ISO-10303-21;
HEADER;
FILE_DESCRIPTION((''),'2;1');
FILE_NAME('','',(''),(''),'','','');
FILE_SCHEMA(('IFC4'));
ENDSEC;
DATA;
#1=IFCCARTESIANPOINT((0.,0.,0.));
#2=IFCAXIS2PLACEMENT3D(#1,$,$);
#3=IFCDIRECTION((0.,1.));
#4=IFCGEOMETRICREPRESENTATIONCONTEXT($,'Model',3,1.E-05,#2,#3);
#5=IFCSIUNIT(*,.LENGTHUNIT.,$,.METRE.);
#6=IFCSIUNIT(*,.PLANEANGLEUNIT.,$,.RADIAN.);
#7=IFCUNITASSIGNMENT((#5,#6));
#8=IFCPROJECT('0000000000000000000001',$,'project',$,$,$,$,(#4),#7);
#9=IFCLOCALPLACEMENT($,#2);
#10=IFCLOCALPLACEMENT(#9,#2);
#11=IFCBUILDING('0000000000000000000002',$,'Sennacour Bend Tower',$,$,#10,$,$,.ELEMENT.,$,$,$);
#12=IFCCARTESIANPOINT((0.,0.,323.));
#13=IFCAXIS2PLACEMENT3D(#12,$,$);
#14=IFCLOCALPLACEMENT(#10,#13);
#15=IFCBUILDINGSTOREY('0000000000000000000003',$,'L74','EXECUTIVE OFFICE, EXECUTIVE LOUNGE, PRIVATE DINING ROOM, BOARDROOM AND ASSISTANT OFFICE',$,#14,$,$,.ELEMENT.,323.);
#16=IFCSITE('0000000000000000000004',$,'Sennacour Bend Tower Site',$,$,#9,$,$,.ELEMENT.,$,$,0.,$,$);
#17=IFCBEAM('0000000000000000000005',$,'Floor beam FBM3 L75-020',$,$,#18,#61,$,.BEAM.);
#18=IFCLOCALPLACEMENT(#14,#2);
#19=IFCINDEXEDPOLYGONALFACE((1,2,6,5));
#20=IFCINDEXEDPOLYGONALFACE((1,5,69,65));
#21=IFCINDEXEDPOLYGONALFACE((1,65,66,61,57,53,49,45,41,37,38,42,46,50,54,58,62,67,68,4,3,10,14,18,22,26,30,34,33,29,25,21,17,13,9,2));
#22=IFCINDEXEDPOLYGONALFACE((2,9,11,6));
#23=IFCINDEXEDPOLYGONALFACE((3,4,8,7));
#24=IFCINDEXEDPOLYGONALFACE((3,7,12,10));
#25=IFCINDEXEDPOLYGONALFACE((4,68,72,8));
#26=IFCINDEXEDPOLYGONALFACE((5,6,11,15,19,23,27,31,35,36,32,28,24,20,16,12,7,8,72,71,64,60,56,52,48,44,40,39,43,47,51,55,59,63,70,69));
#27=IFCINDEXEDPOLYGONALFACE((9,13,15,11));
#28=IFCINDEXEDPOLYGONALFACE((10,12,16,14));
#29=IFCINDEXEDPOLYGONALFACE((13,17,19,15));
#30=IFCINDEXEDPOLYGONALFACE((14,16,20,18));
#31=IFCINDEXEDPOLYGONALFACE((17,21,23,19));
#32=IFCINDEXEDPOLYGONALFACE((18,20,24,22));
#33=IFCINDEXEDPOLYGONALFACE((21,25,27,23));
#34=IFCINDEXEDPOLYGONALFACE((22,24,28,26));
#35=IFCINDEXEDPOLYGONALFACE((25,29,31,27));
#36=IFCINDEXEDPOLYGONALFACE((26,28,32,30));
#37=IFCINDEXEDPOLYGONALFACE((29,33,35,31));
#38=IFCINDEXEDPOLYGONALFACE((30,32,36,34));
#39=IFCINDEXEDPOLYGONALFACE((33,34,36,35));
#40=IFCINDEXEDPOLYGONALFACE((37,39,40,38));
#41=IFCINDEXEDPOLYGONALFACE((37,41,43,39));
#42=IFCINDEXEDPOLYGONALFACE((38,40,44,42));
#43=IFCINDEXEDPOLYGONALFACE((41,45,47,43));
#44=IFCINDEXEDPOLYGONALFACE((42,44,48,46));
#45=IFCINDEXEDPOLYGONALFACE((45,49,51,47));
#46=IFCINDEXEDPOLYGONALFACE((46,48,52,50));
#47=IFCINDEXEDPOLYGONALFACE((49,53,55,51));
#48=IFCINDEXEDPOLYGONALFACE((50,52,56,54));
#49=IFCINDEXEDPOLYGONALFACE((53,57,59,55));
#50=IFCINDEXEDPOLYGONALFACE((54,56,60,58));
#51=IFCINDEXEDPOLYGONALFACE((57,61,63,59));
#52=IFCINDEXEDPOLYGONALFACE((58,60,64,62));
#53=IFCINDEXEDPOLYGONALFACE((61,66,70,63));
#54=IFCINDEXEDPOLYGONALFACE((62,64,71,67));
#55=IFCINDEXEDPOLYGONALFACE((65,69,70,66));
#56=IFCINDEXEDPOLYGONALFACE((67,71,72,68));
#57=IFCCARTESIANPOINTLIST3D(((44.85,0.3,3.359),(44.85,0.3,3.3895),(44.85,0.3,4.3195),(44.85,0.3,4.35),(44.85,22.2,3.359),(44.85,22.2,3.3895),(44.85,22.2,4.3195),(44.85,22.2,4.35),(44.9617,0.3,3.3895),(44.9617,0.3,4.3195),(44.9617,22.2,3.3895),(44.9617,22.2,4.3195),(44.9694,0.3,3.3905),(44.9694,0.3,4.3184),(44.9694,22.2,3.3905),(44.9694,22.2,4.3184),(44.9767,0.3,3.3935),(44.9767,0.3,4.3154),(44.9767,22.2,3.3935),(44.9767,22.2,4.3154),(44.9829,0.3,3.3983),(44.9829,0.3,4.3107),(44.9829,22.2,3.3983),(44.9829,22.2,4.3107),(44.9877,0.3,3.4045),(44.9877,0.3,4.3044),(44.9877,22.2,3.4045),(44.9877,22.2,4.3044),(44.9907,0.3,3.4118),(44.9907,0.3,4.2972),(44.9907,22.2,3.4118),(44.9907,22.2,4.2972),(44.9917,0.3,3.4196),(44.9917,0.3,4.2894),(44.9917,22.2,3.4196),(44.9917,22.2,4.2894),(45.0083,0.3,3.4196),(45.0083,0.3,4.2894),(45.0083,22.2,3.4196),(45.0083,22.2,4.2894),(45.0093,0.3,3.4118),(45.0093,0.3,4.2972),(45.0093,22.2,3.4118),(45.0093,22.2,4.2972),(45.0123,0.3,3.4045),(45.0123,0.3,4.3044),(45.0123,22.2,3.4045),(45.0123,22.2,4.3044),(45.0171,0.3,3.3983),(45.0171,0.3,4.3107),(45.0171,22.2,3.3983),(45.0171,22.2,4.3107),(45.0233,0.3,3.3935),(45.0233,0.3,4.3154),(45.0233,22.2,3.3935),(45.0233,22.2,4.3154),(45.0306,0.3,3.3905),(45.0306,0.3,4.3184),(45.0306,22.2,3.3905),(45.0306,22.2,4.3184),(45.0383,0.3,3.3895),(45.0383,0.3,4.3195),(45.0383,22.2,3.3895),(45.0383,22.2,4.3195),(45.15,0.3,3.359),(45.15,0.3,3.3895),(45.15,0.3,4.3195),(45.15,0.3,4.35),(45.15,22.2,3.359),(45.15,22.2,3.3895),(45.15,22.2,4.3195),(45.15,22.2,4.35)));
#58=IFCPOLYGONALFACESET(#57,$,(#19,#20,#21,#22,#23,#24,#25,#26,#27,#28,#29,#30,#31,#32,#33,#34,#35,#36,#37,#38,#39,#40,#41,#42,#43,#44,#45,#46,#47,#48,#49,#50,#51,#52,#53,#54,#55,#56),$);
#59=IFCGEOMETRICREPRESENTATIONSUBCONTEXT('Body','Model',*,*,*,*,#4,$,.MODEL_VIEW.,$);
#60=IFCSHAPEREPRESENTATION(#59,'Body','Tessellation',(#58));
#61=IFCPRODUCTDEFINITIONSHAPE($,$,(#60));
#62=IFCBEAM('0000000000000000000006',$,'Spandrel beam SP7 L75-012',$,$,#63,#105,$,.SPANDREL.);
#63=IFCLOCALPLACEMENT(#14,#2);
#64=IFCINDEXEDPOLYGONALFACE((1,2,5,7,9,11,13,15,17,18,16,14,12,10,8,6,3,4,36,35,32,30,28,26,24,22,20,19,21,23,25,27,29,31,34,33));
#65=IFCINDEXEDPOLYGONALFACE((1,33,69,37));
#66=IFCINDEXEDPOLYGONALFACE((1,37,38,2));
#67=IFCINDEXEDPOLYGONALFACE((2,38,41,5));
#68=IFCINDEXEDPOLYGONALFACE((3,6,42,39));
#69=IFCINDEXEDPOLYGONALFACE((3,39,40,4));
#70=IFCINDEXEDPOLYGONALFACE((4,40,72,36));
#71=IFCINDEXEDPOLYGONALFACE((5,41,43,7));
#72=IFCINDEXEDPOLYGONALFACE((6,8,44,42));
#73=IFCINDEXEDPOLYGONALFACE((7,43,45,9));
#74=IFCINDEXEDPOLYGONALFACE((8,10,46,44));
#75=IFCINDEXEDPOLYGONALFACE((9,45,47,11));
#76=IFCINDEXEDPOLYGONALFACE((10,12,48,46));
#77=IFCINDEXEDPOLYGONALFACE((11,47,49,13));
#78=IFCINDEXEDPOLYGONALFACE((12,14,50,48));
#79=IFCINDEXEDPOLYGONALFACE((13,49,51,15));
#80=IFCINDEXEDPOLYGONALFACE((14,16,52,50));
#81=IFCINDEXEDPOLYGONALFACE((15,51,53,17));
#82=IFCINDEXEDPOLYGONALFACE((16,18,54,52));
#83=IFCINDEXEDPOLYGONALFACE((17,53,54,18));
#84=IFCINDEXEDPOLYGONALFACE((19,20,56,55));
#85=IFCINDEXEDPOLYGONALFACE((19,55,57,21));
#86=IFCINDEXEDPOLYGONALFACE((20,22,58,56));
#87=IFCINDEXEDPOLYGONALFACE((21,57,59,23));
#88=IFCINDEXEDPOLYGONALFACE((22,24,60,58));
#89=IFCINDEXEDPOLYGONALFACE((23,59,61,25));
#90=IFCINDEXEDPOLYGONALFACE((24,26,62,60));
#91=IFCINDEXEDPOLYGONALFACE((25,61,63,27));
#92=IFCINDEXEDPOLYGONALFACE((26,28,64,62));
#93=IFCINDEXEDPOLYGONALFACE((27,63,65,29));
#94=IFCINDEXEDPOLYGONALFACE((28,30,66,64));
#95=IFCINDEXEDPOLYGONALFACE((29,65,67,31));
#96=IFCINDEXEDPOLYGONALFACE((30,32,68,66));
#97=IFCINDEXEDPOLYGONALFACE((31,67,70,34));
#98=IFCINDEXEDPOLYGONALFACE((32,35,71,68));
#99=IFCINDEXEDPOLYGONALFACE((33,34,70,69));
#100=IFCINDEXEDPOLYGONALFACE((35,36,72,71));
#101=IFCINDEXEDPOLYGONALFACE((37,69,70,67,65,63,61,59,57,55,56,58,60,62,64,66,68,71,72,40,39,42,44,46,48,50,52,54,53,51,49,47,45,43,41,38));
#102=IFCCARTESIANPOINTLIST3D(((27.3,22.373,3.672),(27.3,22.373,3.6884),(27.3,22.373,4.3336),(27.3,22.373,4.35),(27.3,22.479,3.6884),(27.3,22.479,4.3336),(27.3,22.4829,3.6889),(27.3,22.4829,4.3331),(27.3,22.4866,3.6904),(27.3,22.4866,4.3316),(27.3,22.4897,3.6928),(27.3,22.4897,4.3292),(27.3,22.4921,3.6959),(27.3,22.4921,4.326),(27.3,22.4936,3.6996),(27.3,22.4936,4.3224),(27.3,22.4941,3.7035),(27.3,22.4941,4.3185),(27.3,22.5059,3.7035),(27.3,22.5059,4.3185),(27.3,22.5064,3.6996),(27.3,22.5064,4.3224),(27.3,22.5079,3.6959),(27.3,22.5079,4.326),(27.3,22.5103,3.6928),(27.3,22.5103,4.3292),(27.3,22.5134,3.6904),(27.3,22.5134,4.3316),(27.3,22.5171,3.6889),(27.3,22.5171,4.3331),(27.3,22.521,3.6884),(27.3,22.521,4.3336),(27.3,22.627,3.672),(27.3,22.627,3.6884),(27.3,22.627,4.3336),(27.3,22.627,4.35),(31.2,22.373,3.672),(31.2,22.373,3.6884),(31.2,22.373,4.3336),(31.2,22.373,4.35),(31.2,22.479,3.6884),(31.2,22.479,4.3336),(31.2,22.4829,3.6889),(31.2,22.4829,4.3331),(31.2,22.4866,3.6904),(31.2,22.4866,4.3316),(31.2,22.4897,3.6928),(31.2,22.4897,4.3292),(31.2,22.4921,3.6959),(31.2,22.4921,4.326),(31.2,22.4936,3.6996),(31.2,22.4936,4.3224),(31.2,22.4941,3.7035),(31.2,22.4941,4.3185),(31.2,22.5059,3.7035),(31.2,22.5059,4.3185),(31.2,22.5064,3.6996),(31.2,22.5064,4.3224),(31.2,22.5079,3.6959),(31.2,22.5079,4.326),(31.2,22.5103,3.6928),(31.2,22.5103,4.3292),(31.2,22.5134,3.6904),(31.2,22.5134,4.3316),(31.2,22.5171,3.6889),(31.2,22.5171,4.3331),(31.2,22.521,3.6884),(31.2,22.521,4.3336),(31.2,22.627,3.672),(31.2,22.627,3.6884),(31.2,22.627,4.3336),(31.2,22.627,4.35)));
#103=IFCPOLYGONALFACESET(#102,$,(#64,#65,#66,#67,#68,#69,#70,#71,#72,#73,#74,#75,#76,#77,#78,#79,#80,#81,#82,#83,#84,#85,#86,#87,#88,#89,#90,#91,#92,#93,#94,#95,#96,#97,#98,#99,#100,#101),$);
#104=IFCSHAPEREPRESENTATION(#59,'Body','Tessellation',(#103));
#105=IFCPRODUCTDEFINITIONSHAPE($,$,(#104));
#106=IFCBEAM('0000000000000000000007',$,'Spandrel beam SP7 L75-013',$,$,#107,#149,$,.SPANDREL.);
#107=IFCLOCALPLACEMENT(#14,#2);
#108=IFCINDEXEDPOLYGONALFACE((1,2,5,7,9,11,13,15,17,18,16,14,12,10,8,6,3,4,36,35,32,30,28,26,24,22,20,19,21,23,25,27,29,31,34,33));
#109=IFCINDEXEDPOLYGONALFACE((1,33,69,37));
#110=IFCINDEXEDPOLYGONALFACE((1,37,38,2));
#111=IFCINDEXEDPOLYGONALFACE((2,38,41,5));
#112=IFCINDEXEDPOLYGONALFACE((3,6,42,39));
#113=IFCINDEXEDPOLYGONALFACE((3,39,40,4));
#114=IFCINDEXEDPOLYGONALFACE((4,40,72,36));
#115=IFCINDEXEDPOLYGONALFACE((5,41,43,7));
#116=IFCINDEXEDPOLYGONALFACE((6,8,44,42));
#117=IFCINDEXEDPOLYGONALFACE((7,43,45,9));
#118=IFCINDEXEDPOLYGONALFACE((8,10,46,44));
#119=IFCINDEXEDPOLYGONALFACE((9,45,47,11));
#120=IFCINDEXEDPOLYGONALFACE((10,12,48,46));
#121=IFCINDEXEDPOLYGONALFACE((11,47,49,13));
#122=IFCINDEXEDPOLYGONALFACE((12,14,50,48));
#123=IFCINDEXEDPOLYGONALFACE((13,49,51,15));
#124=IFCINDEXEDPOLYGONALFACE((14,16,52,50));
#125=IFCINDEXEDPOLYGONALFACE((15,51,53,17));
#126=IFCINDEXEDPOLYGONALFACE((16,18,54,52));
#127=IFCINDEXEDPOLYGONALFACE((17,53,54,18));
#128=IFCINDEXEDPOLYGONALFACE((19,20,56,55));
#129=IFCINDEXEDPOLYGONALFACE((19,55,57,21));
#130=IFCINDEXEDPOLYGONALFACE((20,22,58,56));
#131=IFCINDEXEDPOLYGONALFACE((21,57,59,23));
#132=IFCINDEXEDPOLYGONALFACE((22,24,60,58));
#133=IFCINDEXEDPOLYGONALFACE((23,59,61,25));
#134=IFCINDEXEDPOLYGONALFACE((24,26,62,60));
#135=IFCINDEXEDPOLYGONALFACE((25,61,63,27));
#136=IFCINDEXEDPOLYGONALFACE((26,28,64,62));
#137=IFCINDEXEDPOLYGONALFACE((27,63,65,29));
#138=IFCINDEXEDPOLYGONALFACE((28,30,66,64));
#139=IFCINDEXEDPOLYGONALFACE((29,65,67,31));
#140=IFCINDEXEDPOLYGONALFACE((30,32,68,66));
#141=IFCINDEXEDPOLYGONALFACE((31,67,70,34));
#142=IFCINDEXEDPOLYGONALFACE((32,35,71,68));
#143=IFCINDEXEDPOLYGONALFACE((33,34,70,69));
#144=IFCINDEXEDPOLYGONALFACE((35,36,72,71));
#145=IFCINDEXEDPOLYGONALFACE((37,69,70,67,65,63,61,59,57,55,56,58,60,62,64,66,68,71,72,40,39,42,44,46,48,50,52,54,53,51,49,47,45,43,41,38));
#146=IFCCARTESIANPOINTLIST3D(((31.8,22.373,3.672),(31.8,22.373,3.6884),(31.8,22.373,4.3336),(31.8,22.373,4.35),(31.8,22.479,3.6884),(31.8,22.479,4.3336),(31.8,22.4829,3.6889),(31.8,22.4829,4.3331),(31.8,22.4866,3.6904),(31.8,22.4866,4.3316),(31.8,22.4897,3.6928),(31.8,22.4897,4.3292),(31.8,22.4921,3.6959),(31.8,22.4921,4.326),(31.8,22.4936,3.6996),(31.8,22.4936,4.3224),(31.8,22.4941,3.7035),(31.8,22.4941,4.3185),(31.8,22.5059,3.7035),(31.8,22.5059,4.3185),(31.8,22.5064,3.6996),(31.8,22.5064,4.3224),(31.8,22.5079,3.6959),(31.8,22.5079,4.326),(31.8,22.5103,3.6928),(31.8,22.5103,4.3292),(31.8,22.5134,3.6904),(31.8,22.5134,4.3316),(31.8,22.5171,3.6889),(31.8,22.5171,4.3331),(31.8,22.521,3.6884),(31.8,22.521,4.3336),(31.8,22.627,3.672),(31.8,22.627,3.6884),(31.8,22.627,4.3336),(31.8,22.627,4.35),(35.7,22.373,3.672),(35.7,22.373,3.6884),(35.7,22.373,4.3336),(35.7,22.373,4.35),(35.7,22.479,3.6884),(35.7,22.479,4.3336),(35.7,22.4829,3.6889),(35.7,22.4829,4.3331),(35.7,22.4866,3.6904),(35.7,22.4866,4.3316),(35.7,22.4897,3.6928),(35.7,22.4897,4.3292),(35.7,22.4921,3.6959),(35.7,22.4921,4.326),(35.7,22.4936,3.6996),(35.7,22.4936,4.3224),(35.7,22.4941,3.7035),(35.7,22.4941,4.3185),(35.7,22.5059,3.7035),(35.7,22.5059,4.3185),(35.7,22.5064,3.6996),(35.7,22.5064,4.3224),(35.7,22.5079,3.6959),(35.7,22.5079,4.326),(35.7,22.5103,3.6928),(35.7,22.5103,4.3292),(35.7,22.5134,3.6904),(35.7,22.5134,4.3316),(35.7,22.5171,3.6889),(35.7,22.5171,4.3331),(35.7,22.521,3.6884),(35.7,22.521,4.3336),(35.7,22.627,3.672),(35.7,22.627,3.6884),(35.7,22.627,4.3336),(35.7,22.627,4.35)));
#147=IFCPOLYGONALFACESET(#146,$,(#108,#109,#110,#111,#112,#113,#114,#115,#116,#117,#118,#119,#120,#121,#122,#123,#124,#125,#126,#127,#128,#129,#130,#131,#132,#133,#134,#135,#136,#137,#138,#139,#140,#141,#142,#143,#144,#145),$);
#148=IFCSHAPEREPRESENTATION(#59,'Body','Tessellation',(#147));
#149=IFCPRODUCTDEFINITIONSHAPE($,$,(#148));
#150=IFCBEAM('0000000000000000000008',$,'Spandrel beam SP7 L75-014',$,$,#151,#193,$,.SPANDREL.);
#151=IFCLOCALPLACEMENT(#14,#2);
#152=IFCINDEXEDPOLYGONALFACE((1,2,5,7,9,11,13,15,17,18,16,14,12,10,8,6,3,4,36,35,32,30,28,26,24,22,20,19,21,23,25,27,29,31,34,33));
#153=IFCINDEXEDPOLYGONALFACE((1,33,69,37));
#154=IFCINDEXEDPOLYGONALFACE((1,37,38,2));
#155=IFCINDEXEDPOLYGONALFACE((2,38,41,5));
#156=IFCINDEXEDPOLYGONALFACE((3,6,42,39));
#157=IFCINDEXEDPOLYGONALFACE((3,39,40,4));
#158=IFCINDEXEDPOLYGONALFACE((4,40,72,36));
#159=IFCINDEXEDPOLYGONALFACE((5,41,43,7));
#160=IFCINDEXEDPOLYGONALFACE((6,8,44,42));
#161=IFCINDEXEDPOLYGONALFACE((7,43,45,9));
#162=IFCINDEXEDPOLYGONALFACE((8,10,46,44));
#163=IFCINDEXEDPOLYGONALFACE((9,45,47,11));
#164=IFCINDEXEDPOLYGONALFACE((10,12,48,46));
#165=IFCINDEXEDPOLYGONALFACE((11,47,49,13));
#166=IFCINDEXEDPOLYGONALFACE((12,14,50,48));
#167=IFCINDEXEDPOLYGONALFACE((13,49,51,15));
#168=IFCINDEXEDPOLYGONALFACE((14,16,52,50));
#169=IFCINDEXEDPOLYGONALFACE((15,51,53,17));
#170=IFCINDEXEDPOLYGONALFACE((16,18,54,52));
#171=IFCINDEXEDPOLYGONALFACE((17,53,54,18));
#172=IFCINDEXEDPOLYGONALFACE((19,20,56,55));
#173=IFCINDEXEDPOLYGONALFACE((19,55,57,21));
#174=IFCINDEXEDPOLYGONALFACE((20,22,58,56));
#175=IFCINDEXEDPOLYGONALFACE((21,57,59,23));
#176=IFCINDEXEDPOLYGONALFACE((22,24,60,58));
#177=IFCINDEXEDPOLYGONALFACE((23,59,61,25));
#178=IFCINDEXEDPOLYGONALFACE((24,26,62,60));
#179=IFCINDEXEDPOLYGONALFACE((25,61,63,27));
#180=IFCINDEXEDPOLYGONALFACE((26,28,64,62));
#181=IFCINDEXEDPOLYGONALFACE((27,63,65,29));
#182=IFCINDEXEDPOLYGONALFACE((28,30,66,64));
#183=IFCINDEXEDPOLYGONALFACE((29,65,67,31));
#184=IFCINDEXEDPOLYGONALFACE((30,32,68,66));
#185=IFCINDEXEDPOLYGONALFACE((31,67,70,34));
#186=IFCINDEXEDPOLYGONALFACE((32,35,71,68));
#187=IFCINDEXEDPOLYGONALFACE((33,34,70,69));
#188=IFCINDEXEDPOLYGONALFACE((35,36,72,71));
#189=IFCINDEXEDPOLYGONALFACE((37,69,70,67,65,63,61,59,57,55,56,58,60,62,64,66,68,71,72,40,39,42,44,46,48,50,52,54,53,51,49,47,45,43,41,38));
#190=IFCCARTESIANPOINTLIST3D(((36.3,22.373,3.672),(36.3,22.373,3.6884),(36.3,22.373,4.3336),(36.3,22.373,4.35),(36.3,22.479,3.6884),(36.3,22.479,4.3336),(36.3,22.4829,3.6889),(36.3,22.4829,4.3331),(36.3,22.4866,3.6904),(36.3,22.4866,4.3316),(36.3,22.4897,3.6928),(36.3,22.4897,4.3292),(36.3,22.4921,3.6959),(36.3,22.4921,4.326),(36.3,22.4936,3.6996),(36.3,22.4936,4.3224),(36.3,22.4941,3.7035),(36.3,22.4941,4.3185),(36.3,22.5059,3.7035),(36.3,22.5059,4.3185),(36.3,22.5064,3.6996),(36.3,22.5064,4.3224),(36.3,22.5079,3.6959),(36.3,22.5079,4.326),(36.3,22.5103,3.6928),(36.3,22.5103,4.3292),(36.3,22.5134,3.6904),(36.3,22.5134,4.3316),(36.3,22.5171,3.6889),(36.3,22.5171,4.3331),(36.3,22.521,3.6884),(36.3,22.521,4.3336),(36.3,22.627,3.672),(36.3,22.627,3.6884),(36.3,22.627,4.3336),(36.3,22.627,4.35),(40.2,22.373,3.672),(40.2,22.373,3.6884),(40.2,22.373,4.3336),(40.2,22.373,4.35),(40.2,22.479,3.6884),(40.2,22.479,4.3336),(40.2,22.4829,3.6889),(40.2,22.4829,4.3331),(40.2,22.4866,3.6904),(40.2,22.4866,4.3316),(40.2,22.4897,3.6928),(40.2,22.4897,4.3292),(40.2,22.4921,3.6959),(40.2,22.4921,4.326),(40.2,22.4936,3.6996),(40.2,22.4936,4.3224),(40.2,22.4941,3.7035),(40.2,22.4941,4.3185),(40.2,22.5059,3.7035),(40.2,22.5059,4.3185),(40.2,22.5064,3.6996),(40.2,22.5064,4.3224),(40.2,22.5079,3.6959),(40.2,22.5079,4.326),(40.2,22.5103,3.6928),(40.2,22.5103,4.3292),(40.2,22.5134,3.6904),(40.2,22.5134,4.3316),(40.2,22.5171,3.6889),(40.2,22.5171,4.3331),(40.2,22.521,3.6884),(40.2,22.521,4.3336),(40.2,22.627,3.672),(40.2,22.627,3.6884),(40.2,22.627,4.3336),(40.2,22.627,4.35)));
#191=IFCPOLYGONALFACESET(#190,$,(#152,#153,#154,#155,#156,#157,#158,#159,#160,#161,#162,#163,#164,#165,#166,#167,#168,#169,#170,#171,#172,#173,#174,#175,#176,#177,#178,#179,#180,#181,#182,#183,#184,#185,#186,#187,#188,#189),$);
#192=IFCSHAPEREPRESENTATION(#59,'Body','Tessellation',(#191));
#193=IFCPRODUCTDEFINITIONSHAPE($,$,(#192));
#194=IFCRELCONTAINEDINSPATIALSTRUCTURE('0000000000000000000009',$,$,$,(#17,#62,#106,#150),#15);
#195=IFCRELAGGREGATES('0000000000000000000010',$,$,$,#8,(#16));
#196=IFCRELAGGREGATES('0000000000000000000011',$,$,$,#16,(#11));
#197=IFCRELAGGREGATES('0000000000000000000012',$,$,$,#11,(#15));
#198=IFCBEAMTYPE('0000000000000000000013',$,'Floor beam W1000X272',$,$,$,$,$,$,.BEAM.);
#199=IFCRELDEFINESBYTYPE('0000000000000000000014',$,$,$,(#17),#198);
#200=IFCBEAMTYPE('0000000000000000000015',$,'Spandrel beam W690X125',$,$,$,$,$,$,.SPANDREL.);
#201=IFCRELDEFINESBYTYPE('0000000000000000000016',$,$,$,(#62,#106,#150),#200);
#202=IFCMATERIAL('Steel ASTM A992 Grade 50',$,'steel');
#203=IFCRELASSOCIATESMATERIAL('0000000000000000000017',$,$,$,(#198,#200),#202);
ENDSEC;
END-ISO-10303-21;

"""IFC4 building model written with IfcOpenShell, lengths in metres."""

from ifc_helpers import new_model, si_unit, direction, frame, origin, origin_2d, place, context, subcontext, project, spatial, i_section, extrude, material, material_profile, profile_set, type_object, element, save


model = new_model("IFC4")

# Units and contexts
model_context = context("Model", 3, precision=1e-05, world=origin(), true_north=direction((0.0, 1.0)))
body_context = subcontext(model_context, "Body", "Model", "MODEL_VIEW")
ifc_project = project(units=[si_unit("LENGTHUNIT", "METRE"), si_unit("PLANEANGLEUNIT", "RADIAN")], contexts=[model_context])

# Site, building, storey
site_placement = place(None, origin())
site = spatial("IfcSite", under=ifc_project, at=site_placement, Name="Sennacour Bend Tower Site", CompositionType="ELEMENT", RefElevation=0.0)
building_placement = place(site_placement, origin())
building = spatial("IfcBuilding", under=site, at=building_placement, Name="Sennacour Bend Tower", CompositionType="ELEMENT")
storey_placement = place(building_placement, frame((0.0, 0.0, 323.0)))
storey = spatial("IfcBuildingStorey", under=building, at=storey_placement, Name="L74", Description="EXECUTIVE OFFICE, EXECUTIVE LOUNGE, PRIVATE DINING ROOM, BOARDROOM AND ASSISTANT OFFICE", CompositionType="ELEMENT", Elevation=323.0)

# Beams
ifc_material_1 = material(Name="Steel ASTM A992 Grade 50", Category="steel")
ifc_material_profile_1 = material_profile(ifc_material_1, i_section(OverallWidth=0.3, OverallDepth=0.991, WebThickness=0.0166, FlangeThickness=0.0305, FilletRadius=0.03, at=origin_2d()), Name="Steel ASTM A992 Grade 50", Category="steel")
ifc_profile_set_1 = profile_set([ifc_material_profile_1], Name="Steel ASTM A992 Grade 50")
beam_type_1 = type_object("IfcBeamType", Name="Floor beam W1000X272", PredefinedType="BEAM", material=ifc_profile_set_1)
for number, where, z_axis, x_axis, name in (
    (1, (45.0, 0.3, 3.8545), (0.0, 1.0, 0.0), (-1.0, 0.0, 0.0), "Floor beam FBM3 L75-020"),
):
    element("IfcBeam", number, at=place(storey_placement, frame(where, z_axis=z_axis, x_axis=x_axis)), inside=storey, type_object=beam_type_1, Name=name, PredefinedType="BEAM", context=body_context, shape_type="SweptSolid", body=[
        extrude(i_section(OverallWidth=0.3, OverallDepth=0.991, WebThickness=0.0166, FlangeThickness=0.0305, FilletRadius=0.03, at=origin_2d()), origin(), (0.0, 0.0, 1.0), 21.8999),
    ])
ifc_material_profile_2 = material_profile(ifc_material_1, i_section(OverallWidth=0.2539, OverallDepth=0.678, WebThickness=0.0117, FlangeThickness=0.0164, FilletRadius=0.0151, at=origin_2d()), Name="Steel ASTM A992 Grade 50", Category="steel")
ifc_profile_set_2 = profile_set([ifc_material_profile_2], Name="Steel ASTM A992 Grade 50")
beam_type_2 = type_object("IfcBeamType", Name="Spandrel beam W690X125", PredefinedType="SPANDREL", material=ifc_profile_set_2)
for number, where, z_axis, x_axis, name in (
    (2, (27.3, 22.5, 4.011), (1.0, 0.0, 0.0), (0.0, 1.0, 0.0), "Spandrel beam SP7 L75-012"),
    (3, (31.8, 22.5, 4.011), (1.0, 0.0, 0.0), (0.0, 1.0, 0.0), "Spandrel beam SP7 L75-013"),
    (4, (36.3, 22.5, 4.011), (1.0, 0.0, 0.0), (0.0, 1.0, 0.0), "Spandrel beam SP7 L75-014"),
):
    element("IfcBeam", number, at=place(storey_placement, frame(where, z_axis=z_axis, x_axis=x_axis)), inside=storey, type_object=beam_type_2, Name=name, PredefinedType="SPANDREL", context=body_context, shape_type="SweptSolid", body=[
        extrude(i_section(OverallWidth=0.2539, OverallDepth=0.678, WebThickness=0.0117, FlangeThickness=0.0164, FilletRadius=0.0151, at=origin_2d()), origin(), (0.0, 0.0, 1.0), 3.8999),
    ])

save(model, "model.ifc")
